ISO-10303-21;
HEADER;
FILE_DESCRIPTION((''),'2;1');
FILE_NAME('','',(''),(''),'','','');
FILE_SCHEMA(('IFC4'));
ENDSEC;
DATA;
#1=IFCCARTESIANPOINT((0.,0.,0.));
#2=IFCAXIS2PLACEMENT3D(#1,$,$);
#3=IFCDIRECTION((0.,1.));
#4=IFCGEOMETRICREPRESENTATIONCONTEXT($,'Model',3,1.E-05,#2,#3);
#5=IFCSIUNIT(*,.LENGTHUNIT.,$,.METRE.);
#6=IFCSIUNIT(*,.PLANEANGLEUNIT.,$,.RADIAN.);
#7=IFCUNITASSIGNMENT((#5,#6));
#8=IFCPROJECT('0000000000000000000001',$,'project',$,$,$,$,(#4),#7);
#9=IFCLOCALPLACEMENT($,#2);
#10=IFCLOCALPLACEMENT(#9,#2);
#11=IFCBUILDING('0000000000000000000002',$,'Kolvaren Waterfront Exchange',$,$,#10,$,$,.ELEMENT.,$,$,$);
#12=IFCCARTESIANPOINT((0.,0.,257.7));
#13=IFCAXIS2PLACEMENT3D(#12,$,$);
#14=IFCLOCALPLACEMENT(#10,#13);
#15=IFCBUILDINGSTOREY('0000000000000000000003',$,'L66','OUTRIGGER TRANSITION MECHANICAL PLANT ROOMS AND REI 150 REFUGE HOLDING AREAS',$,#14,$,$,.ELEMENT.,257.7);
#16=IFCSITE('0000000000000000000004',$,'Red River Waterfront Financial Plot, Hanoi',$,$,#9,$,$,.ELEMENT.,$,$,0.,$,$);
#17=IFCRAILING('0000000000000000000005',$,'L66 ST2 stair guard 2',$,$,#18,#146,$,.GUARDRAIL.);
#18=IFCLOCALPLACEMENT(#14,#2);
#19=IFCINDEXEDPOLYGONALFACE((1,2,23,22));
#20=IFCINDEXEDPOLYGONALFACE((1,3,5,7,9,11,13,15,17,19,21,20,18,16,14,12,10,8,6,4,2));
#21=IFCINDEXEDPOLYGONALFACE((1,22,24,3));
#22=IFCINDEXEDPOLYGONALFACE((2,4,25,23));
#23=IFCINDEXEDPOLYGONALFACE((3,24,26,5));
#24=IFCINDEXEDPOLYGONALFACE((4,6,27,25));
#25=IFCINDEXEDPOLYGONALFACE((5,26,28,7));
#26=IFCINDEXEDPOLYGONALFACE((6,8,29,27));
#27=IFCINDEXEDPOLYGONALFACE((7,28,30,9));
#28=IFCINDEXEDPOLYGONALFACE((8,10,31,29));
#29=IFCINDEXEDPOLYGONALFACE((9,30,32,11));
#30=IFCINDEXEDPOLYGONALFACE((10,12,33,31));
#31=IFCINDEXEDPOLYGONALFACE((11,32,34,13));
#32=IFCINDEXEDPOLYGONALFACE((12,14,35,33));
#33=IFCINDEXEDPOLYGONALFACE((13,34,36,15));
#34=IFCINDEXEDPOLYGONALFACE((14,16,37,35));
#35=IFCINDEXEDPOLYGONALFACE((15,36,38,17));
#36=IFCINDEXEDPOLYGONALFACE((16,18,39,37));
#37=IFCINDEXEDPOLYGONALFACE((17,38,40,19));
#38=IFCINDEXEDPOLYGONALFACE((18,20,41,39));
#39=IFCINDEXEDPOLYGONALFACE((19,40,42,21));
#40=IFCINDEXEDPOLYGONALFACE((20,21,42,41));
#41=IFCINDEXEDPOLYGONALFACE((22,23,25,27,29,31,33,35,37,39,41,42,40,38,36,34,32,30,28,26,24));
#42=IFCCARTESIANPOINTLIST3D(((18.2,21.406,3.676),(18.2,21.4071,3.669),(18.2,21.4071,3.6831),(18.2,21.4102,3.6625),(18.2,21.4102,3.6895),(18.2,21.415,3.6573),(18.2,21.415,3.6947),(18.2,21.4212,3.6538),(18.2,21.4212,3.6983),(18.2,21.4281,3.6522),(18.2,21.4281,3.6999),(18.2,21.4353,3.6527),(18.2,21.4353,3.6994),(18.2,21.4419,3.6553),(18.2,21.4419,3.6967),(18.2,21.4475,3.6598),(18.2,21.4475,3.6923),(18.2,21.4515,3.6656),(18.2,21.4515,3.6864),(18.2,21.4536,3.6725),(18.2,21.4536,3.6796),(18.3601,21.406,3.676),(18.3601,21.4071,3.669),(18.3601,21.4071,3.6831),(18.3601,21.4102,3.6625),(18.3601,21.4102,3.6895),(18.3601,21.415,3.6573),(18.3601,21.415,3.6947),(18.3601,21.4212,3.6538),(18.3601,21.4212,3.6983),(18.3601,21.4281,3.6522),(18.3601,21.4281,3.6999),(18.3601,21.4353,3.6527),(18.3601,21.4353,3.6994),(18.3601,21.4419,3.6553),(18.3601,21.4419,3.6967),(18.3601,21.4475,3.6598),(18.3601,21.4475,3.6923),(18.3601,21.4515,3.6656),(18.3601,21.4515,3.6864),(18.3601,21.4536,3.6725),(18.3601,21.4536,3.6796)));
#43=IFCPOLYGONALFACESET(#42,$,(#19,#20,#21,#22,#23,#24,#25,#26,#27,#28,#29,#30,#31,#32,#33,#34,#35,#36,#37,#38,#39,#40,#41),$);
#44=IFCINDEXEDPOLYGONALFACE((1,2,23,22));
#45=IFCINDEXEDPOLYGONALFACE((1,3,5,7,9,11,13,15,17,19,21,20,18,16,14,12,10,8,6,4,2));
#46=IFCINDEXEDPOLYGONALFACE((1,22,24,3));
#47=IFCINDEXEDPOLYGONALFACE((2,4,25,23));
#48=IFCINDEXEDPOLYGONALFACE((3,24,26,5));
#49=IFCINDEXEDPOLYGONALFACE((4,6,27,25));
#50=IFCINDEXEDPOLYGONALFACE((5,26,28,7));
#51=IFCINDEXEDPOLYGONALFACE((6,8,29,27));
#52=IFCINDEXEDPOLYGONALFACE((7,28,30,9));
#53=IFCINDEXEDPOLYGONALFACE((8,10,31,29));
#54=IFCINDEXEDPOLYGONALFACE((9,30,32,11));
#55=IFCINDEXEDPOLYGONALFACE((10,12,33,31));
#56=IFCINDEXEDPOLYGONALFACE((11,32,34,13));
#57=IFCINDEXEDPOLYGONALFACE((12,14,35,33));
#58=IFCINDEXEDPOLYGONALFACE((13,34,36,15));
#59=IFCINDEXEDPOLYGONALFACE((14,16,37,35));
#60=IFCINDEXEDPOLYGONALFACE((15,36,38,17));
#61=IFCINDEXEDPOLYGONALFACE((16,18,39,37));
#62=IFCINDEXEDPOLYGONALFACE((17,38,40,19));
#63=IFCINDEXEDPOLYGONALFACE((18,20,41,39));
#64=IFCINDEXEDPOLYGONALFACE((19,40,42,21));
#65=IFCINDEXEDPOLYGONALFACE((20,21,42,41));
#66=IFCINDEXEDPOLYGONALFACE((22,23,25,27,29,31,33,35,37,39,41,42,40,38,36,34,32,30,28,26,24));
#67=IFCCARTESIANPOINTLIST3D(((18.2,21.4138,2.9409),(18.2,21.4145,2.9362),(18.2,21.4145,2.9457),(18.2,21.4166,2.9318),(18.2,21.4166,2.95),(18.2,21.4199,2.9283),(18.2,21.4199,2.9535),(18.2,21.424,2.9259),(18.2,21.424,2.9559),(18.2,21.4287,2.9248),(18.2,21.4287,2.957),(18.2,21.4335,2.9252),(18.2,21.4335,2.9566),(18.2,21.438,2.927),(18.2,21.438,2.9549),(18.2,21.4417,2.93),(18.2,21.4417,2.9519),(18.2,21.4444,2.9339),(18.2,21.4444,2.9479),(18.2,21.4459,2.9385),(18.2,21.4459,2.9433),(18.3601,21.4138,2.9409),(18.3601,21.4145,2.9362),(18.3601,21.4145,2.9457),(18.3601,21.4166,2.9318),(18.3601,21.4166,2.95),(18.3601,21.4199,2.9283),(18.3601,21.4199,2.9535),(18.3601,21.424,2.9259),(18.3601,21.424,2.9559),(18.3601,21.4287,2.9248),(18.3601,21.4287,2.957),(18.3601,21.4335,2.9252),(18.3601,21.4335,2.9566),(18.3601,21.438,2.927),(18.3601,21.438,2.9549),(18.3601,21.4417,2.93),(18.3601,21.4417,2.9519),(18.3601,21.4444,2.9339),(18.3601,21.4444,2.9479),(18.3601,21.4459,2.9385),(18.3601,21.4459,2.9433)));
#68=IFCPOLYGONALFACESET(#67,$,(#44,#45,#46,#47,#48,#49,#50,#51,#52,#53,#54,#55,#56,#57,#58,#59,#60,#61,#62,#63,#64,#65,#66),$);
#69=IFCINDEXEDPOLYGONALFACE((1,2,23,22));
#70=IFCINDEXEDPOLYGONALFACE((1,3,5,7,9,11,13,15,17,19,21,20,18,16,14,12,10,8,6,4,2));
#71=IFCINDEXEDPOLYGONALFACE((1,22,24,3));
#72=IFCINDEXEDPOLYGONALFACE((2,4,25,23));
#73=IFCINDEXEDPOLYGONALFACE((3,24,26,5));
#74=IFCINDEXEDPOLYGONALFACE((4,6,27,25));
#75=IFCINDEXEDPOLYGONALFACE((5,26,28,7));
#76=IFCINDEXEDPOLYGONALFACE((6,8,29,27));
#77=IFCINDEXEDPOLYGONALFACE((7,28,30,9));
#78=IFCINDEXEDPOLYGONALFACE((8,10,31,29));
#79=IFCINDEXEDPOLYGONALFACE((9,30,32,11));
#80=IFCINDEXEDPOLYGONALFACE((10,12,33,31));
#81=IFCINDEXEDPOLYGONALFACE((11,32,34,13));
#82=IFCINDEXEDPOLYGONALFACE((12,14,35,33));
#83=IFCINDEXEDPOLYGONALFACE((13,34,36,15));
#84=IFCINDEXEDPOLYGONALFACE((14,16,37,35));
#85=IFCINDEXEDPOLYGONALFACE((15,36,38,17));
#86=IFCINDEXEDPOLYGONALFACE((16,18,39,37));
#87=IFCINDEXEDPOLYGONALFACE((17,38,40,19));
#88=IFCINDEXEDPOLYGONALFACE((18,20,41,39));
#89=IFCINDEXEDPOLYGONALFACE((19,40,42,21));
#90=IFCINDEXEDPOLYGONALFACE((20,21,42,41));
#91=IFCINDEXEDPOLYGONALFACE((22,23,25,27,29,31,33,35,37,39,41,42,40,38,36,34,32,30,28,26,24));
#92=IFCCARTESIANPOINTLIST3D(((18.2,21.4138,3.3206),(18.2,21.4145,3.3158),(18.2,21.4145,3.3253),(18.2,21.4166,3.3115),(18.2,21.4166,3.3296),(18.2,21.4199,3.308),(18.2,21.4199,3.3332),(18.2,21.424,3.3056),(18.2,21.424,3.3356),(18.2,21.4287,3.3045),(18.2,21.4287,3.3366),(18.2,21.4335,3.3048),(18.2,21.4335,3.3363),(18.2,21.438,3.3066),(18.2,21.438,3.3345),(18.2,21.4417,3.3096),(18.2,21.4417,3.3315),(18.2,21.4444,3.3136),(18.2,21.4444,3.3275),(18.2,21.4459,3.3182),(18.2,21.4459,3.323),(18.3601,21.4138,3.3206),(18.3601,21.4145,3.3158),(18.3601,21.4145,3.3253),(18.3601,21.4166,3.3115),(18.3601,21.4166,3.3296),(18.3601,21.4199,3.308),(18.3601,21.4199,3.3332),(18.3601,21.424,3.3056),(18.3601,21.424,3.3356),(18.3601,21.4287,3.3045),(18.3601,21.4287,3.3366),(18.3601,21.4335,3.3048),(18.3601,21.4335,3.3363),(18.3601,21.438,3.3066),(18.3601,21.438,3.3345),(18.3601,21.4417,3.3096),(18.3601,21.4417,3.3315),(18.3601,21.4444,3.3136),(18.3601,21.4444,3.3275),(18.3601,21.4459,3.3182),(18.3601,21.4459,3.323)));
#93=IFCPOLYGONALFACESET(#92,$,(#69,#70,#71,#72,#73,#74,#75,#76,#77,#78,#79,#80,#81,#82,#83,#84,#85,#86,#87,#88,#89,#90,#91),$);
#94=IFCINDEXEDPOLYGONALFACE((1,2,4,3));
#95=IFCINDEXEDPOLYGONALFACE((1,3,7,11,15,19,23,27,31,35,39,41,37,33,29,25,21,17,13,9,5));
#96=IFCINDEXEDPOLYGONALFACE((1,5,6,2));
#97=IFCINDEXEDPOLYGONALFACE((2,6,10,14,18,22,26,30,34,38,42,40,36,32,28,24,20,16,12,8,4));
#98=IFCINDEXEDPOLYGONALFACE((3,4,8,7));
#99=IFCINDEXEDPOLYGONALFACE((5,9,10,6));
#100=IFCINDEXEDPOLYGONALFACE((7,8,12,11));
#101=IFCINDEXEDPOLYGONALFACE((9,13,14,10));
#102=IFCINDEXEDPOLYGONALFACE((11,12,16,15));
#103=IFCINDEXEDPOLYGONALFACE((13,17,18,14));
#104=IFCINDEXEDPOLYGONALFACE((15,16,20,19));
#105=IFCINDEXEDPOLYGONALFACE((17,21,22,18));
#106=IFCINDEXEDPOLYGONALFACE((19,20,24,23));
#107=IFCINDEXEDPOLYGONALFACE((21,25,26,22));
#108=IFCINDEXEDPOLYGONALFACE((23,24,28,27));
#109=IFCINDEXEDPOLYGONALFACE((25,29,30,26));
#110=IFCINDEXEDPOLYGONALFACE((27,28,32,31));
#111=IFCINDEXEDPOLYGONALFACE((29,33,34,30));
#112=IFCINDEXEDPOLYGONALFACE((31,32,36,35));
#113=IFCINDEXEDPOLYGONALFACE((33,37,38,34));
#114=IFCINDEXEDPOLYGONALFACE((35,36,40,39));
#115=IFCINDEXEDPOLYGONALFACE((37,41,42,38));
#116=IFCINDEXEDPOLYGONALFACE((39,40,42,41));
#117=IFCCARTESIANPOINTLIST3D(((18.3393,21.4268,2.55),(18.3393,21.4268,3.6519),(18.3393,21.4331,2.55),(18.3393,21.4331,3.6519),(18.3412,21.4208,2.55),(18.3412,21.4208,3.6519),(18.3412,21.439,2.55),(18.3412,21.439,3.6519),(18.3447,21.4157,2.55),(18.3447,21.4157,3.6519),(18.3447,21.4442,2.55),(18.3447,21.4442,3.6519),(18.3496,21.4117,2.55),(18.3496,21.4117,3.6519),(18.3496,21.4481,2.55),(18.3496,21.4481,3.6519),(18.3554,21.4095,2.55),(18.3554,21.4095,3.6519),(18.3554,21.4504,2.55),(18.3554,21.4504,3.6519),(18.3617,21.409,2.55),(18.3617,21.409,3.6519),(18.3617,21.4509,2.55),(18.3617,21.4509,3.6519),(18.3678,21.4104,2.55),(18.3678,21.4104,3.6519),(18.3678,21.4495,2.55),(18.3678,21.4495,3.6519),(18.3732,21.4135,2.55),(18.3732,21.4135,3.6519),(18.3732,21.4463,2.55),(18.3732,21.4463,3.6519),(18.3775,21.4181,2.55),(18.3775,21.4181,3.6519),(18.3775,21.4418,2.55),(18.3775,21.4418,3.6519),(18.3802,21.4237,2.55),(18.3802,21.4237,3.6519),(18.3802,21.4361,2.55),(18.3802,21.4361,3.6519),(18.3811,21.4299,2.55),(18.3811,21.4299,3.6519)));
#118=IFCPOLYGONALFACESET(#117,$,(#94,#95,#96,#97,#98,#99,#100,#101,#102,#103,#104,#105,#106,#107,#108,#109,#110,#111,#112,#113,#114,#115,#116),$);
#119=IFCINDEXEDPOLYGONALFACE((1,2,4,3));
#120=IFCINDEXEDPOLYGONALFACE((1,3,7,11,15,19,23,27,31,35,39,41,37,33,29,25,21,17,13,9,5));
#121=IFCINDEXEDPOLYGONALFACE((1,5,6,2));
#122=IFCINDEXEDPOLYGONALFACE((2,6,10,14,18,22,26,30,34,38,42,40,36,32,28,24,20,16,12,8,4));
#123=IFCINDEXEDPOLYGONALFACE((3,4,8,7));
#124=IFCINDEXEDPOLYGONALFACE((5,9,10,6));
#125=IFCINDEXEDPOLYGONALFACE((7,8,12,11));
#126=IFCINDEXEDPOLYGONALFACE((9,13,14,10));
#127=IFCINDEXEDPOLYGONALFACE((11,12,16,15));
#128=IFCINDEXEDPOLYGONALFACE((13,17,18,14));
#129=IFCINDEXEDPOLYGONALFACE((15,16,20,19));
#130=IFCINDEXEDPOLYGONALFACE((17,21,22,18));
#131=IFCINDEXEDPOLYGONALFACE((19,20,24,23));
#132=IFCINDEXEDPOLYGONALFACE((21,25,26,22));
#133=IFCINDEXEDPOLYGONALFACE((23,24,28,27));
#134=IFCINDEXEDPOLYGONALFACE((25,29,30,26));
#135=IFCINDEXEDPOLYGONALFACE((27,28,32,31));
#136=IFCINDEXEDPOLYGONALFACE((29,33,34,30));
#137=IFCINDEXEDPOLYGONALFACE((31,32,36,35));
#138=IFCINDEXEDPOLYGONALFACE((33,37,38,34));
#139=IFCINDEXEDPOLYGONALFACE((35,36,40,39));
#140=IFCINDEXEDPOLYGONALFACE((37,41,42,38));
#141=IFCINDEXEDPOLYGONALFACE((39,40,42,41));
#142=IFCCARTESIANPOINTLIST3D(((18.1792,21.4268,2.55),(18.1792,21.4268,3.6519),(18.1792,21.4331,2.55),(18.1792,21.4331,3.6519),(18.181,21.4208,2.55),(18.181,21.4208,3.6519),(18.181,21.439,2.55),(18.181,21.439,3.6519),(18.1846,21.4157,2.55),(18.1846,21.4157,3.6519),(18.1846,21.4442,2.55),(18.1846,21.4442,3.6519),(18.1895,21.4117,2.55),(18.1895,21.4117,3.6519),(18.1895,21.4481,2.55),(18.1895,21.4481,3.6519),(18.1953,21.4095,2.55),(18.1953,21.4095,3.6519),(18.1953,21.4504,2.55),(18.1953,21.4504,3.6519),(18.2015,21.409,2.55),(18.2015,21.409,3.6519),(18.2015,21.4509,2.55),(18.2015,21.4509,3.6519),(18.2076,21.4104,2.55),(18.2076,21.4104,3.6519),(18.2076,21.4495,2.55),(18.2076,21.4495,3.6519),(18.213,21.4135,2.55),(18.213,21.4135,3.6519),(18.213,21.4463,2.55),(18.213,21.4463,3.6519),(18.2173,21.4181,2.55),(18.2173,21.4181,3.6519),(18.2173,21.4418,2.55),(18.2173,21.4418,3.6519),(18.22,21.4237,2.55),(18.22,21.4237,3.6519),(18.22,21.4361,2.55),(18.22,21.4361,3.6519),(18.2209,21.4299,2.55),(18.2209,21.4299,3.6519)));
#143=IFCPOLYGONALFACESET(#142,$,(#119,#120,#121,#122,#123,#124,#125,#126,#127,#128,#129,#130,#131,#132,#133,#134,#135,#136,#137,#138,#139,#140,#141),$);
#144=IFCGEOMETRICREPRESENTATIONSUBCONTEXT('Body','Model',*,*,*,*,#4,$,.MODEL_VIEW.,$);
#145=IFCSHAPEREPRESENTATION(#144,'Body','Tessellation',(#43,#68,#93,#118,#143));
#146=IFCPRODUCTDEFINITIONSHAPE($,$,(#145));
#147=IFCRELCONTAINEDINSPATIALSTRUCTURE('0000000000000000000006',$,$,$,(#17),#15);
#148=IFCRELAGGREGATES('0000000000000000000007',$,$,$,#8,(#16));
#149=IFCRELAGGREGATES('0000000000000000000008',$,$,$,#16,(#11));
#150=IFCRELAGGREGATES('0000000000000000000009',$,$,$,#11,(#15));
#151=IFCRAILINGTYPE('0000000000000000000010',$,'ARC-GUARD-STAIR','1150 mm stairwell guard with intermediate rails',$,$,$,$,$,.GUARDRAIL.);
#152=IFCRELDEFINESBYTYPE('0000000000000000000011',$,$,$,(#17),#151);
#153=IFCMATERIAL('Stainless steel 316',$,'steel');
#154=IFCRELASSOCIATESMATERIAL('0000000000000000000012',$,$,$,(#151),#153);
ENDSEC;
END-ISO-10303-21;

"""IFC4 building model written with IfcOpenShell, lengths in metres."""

from ifc_helpers import new_model, si_unit, direction, frame, origin, origin_2d, place, context, subcontext, project, spatial, circle, extrude, material, type_object, element, save


model = new_model("IFC4")

# Units and contexts
model_context = context("Model", 3, precision=1e-05, world=origin(), true_north=direction((0.0, 1.0)))
body_context = subcontext(model_context, "Body", "Model", "MODEL_VIEW")
ifc_project = project(units=[si_unit("LENGTHUNIT", "METRE"), si_unit("PLANEANGLEUNIT", "RADIAN")], contexts=[model_context])

# Site, building, storey
site_placement = place(None, origin())
site = spatial("IfcSite", under=ifc_project, at=site_placement, Name="Red River Waterfront Financial Plot, Hanoi", CompositionType="ELEMENT", RefElevation=0.0)
building_placement = place(site_placement, origin())
building = spatial("IfcBuilding", under=site, at=building_placement, Name="Kolvaren Waterfront Exchange", CompositionType="ELEMENT")
storey_placement = place(building_placement, frame((0.0, 0.0, 257.7)))
storey = spatial("IfcBuildingStorey", under=building, at=storey_placement, Name="L66", Description="OUTRIGGER TRANSITION MECHANICAL PLANT ROOMS AND REI 150 REFUGE HOLDING AREAS", CompositionType="ELEMENT", Elevation=257.7)

# Railing
ifc_material_1 = material(Name="Stainless steel 316", Category="steel")
railing_type_1 = type_object("IfcRailingType", Name="ARC-GUARD-STAIR", Description="1150 mm stairwell guard with intermediate rails", PredefinedType="GUARDRAIL", material=ifc_material_1)
railing_1_placement = place(storey_placement, frame((18.3601, 21.4299, 2.55)))
element("IfcRailing", 1, at=railing_1_placement, inside=storey, type_object=railing_type_1, Name="L66 ST2 stair guard 2", PredefinedType="GUARDRAIL", context=body_context, shape_type="SweptSolid", body=[
    extrude(circle(Radius=0.0239, at=origin_2d()), frame((0.0, 0.0, 1.126), z_axis=(-1.0, 0.0, 0.0), x_axis=(0.0, -1.0, 0.0)), (0.0, 0.0, 1.0), 0.1602),
    extrude(circle(Radius=0.0161, at=origin_2d()), frame((0.0, 0.0, 0.3909), z_axis=(-1.0, 0.0, 0.0), x_axis=(0.0, -1.0, 0.0)), (0.0, 0.0, 1.0), 0.1602),
    extrude(circle(Radius=0.0161, at=origin_2d()), frame((0.0, 0.0, 0.7705), z_axis=(-1.0, 0.0, 0.0), x_axis=(0.0, -1.0, 0.0)), (0.0, 0.0, 1.0), 0.1602),
    extrude(circle(Radius=0.021, at=origin_2d()), origin(), (0.0, 0.0, 1.0), 1.1018),
    extrude(circle(Radius=0.021, at=origin_2d()), frame((-0.1602, 0.0, 0.0)), (0.0, 0.0, 1.0), 1.1018),
])

save(model, "model.ifc")
